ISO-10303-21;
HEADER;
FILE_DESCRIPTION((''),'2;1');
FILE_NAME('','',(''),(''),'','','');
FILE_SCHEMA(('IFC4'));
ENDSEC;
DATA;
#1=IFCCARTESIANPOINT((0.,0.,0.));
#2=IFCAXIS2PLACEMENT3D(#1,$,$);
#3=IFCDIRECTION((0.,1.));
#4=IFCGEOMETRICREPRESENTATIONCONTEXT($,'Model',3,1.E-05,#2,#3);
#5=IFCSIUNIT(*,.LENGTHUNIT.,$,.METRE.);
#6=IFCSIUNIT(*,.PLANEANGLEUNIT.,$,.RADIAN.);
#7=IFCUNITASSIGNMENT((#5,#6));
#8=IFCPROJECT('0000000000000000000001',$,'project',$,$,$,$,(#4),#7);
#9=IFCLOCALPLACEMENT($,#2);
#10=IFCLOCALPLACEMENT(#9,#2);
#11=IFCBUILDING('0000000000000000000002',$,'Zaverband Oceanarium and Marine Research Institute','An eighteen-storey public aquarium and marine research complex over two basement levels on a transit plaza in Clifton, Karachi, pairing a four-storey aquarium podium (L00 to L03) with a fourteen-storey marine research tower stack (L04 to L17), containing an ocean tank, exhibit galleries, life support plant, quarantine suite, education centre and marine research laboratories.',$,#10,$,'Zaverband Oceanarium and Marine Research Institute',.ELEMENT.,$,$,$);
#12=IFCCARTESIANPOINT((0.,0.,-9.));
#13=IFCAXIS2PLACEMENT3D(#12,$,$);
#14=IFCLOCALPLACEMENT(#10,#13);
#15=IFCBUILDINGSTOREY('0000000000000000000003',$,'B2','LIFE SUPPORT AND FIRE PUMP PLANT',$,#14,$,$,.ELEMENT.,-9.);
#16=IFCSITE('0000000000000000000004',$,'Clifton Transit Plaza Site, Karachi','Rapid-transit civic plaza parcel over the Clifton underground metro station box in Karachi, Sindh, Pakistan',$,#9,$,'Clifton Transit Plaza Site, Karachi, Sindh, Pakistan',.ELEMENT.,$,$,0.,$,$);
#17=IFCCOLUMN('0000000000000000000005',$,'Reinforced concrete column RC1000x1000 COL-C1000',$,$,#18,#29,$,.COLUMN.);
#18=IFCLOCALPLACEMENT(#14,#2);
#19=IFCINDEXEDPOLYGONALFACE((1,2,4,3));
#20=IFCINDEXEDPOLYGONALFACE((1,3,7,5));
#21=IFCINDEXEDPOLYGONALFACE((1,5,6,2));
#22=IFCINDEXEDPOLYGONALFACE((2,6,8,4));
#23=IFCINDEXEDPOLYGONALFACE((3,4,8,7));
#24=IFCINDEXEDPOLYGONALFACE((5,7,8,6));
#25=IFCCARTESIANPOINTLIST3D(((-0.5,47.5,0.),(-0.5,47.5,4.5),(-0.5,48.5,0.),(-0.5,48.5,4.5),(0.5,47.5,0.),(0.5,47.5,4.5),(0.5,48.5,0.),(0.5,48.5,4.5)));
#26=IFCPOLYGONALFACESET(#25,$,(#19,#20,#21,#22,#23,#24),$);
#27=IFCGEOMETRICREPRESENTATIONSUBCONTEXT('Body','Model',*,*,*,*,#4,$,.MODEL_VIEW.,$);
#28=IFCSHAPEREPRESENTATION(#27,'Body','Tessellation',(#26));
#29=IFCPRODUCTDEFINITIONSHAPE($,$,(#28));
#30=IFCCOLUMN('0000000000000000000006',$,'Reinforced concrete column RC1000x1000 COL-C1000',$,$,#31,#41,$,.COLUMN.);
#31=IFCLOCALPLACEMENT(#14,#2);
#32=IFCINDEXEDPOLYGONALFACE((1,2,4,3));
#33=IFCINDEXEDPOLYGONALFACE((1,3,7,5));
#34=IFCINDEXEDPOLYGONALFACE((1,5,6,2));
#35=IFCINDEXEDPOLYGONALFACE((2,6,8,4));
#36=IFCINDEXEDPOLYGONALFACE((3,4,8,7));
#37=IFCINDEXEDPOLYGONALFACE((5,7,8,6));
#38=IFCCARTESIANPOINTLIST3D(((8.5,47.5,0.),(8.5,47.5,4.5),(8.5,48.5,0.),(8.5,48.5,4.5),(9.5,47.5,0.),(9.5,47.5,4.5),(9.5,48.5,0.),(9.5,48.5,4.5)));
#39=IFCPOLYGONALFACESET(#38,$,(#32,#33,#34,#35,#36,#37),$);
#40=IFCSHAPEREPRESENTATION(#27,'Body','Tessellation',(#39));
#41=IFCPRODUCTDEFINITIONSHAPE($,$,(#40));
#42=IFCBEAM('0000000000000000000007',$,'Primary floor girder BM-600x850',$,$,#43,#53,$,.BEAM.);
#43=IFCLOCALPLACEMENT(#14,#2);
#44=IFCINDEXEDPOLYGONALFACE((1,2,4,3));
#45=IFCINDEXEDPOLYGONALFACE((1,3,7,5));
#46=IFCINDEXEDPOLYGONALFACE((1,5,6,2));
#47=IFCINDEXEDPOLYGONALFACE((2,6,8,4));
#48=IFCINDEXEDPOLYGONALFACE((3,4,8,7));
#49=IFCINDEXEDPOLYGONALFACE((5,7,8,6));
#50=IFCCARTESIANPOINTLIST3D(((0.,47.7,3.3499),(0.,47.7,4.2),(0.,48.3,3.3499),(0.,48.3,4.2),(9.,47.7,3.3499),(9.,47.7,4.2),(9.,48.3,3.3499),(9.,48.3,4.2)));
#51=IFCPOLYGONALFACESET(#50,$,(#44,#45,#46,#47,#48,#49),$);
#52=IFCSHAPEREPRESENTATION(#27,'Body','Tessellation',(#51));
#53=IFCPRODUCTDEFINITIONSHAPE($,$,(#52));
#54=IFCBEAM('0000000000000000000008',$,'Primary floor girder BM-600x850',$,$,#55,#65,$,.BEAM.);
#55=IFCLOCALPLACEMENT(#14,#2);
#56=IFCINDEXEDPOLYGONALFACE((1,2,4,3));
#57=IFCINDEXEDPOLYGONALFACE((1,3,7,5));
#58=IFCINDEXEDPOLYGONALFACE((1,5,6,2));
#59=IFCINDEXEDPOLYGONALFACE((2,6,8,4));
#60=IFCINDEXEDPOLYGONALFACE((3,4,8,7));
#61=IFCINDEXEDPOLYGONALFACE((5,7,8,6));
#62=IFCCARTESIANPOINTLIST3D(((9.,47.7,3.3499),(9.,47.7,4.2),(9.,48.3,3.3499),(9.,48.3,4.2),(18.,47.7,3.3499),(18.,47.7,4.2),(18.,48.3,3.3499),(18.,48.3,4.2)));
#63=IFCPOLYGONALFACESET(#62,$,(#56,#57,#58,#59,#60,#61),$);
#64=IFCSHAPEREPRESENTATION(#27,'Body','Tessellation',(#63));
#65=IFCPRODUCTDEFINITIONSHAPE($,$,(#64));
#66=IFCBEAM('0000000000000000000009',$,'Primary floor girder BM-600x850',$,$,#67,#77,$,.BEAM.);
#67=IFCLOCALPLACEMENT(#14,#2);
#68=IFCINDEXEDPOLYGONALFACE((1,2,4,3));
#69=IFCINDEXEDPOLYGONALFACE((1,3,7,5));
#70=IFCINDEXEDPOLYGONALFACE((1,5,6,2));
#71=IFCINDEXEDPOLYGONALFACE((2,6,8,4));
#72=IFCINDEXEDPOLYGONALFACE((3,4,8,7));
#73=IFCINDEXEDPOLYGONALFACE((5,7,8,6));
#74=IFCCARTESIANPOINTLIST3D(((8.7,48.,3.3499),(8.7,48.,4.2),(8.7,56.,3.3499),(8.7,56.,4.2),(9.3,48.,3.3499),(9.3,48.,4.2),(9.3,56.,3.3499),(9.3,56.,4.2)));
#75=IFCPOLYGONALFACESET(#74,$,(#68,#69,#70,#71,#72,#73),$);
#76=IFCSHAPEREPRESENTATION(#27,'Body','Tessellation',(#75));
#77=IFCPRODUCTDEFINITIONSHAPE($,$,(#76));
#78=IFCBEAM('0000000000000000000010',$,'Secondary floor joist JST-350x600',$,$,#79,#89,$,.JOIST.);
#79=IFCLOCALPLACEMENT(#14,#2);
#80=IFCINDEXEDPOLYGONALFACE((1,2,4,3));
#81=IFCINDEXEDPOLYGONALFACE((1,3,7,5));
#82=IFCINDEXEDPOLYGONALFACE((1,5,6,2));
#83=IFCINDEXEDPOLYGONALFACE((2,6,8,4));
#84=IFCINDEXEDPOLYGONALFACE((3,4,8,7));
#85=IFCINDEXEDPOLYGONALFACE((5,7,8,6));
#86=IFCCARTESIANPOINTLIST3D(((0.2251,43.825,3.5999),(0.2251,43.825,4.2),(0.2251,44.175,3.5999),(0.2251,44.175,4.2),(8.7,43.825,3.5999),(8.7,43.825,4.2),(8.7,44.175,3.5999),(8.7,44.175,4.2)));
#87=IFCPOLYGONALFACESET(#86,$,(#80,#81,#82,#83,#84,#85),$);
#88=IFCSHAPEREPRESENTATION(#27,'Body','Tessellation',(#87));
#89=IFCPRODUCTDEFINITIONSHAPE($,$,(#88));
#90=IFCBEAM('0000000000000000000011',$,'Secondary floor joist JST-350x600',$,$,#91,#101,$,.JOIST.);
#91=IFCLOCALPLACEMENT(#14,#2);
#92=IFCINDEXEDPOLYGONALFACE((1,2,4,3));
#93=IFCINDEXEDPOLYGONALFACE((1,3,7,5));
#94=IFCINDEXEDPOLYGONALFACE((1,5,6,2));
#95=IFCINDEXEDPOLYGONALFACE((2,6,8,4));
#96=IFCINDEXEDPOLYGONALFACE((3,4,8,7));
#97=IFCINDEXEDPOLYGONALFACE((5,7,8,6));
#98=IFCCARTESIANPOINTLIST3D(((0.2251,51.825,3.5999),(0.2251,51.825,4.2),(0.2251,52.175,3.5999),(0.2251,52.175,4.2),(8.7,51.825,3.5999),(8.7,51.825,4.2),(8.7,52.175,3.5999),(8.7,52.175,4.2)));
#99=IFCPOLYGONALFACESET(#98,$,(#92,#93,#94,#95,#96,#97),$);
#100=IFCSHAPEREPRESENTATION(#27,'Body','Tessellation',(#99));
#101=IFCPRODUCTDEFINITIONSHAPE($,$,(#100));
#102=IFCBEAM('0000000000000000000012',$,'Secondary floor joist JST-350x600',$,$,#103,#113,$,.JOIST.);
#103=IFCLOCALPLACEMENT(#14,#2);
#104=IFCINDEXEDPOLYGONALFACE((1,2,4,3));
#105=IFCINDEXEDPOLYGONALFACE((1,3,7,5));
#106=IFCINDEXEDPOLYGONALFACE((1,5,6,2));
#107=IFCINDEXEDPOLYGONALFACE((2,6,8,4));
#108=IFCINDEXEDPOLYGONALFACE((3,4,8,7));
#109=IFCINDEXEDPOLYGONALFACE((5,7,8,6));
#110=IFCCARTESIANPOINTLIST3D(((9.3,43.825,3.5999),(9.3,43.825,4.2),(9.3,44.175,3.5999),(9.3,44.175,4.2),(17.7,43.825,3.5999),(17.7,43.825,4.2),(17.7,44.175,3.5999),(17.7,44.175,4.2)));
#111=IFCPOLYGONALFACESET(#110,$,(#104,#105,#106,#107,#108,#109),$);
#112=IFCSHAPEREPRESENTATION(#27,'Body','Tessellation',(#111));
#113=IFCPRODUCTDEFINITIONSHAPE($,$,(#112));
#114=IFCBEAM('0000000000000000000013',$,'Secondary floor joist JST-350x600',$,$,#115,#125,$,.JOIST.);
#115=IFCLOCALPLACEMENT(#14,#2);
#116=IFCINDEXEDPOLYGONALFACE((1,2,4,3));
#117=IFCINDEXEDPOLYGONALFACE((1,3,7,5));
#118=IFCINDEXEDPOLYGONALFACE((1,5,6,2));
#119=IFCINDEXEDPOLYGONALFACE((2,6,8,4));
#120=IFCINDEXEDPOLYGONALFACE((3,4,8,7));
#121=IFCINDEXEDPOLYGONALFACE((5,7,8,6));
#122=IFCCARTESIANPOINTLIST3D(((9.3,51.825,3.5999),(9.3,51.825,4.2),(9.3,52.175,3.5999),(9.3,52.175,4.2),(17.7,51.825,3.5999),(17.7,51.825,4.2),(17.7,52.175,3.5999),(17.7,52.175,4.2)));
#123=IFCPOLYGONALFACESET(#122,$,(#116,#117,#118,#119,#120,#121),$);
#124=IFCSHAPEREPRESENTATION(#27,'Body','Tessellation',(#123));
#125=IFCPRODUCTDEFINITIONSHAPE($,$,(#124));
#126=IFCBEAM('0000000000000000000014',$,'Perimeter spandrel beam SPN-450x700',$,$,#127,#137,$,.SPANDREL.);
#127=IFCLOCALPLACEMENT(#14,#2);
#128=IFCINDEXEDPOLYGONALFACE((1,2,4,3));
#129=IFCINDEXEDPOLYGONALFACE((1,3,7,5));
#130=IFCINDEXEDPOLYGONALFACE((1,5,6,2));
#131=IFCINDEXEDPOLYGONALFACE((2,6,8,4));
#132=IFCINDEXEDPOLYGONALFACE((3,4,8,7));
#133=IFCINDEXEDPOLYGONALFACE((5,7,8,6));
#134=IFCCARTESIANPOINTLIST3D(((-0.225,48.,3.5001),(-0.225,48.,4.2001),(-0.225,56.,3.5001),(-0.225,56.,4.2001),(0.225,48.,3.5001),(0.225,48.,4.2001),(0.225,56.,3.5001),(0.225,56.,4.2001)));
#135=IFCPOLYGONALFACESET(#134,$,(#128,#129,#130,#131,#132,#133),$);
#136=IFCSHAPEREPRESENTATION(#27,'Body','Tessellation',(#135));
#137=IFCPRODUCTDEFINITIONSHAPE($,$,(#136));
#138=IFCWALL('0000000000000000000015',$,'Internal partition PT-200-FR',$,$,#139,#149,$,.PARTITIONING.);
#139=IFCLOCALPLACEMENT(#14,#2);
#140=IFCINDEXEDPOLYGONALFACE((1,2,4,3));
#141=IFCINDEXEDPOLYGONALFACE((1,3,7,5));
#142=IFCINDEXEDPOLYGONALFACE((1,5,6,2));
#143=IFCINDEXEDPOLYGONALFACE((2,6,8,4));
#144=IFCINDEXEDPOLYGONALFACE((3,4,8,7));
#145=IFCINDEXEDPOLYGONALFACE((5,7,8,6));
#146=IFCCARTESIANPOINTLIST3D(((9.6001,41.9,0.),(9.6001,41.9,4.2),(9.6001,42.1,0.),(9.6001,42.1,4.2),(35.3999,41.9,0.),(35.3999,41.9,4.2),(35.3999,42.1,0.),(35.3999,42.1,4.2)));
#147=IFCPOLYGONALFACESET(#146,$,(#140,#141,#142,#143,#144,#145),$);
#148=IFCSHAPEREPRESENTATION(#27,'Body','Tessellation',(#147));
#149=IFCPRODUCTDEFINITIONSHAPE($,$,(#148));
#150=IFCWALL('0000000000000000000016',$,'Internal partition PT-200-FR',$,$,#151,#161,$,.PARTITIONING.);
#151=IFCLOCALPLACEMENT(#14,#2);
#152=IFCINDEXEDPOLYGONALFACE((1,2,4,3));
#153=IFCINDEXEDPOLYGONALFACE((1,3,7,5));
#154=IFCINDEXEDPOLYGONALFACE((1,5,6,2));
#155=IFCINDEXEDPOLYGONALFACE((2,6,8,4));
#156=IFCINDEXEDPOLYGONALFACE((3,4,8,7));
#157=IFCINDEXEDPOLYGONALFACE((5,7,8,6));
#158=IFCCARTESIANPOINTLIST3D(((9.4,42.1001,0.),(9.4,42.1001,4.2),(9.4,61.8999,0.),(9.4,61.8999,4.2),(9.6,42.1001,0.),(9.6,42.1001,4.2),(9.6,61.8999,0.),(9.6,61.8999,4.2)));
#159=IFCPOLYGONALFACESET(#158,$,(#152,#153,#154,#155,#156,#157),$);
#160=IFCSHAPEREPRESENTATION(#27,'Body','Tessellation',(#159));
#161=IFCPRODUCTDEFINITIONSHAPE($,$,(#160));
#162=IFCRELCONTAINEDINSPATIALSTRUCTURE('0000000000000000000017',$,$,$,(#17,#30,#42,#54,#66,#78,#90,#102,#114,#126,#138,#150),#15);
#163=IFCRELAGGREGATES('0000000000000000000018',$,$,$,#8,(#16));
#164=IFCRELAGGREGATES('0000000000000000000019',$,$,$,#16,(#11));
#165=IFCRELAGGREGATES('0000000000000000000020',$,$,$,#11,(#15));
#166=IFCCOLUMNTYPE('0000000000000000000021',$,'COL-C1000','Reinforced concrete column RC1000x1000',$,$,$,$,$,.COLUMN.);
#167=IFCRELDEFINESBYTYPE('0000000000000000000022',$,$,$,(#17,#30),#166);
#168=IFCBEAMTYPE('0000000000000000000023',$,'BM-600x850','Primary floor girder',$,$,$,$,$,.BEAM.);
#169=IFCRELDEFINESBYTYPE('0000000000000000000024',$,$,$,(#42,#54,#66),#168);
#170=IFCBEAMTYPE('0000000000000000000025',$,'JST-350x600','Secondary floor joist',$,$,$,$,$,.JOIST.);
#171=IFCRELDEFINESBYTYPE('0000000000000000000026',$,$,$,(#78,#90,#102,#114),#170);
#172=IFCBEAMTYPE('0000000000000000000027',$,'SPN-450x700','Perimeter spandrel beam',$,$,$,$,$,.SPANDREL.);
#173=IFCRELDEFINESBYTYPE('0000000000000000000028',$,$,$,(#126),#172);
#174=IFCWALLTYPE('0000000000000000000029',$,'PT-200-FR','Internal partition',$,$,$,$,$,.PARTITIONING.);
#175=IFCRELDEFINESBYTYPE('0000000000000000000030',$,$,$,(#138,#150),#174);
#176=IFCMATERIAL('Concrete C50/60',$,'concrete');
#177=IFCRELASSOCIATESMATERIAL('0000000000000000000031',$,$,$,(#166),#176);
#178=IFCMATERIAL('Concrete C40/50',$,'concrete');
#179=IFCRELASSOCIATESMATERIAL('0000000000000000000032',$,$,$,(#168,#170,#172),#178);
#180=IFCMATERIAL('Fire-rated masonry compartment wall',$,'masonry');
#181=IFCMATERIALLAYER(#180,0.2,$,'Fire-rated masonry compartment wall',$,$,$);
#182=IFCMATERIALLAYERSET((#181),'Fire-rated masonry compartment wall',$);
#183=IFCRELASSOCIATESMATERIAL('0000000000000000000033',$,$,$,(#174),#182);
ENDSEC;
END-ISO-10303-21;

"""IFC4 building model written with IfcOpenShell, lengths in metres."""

from ifc_helpers import new_model, si_unit, direction, frame, frame_2d, origin, origin_2d, place, context, subcontext, project, spatial, rectangle, extrude, material, layer, layer_set, material_profile, profile_set, type_object, element, save


model = new_model("IFC4")

# Units and contexts
model_context = context("Model", 3, precision=1e-05, world=origin(), true_north=direction((0.0, 1.0)))
body_context = subcontext(model_context, "Body", "Model", "MODEL_VIEW")
ifc_project = project(units=[si_unit("LENGTHUNIT", "METRE"), si_unit("PLANEANGLEUNIT", "RADIAN")], contexts=[model_context])

# Site, building, storey
site_placement = place(None, origin())
site = spatial("IfcSite", under=ifc_project, at=site_placement, Name="Clifton Transit Plaza Site, Karachi", Description="Rapid-transit civic plaza parcel over the Clifton underground metro station box in Karachi, Sindh, Pakistan", LongName="Clifton Transit Plaza Site, Karachi, Sindh, Pakistan", CompositionType="ELEMENT", RefElevation=0.0)
building_placement = place(site_placement, origin())
building = spatial("IfcBuilding", under=site, at=building_placement, Name="Zaverband Oceanarium and Marine Research Institute", Description="An eighteen-storey public aquarium and marine research complex over two basement levels on a transit plaza in Clifton, Karachi, pairing a four-storey aquarium podium (L00 to L03) with a fourteen-storey marine research tower stack (L04 to L17), containing an ocean tank, exhibit galleries, life support plant, quarantine suite, education centre and marine research laboratories.", LongName="Zaverband Oceanarium and Marine Research Institute", CompositionType="ELEMENT")
storey_placement = place(building_placement, frame((0.0, 0.0, -9.0)))
storey = spatial("IfcBuildingStorey", under=building, at=storey_placement, Name="B2", Description="LIFE SUPPORT AND FIRE PUMP PLANT", CompositionType="ELEMENT", Elevation=-9.0)

# Shared definitions
ifc_material_1 = material(Name="Concrete C50/60", Category="concrete")

# Columns
ifc_material_profile_1 = material_profile(ifc_material_1, rectangle(XDim=1.0, YDim=1.0, at=origin_2d()), Name="RC1000x1000")
ifc_profile_set_1 = profile_set([ifc_material_profile_1], Name="Concrete C50/60")
column_type = type_object("IfcColumnType", Name="COL-C1000", Description="Reinforced concrete column RC1000x1000", PredefinedType="COLUMN", material=ifc_profile_set_1)
for number, where, z_axis, x_axis, name in (
    (1, (0.0, 48.0, 0.0), (0.0, 0.0, 1.0), (1.0, 0.0, 0.0), "Reinforced concrete column RC1000x1000 COL-C1000"),
    (2, (9.0, 48.0, 0.0), (0.0, 0.0, 1.0), (1.0, 0.0, 0.0), "Reinforced concrete column RC1000x1000 COL-C1000"),
):
    element("IfcColumn", number, at=place(storey_placement, frame(where, z_axis=z_axis, x_axis=x_axis)), inside=storey, type_object=column_type, Name=name, PredefinedType="COLUMN", context=body_context, shape_type="SweptSolid", body=[
        extrude(rectangle(XDim=1.0, YDim=1.0, at=origin_2d()), origin(), (0.0, 0.0, 1.0), 4.5),
    ])

# Beams
ifc_material_2 = material(Name="Concrete C40/50", Category="concrete")
ifc_material_profile_2 = material_profile(ifc_material_2, rectangle(XDim=0.6001, YDim=0.8501, at=origin_2d()), Name="RC600x850")
ifc_profile_set_2 = profile_set([ifc_material_profile_2], Name="Concrete C40/50")
beam_type_1 = type_object("IfcBeamType", Name="BM-600x850", Description="Primary floor girder", PredefinedType="BEAM", material=ifc_profile_set_2)
for number, where, z_axis, x_axis, name in (
    (3, (0.0, 48.0, 3.7749), (1.0, 0.0, 0.0), (0.0, 1.0, 0.0), "Primary floor girder BM-600x850"),
    (4, (9.0, 48.0, 3.7749), (1.0, 0.0, 0.0), (0.0, 1.0, 0.0), "Primary floor girder BM-600x850"),
):
    element("IfcBeam", number, at=place(storey_placement, frame(where, z_axis=z_axis, x_axis=x_axis)), inside=storey, type_object=beam_type_1, Name=name, PredefinedType="BEAM", context=body_context, shape_type="SweptSolid", body=[
        extrude(rectangle(XDim=0.6001, YDim=0.8501, at=origin_2d()), origin(), (0.0, 0.0, 1.0), 9.0),
    ])
beam_1_placement = place(storey_placement, frame((9.0, 48.0, 3.7749), z_axis=(0.0, 1.0, 0.0), x_axis=(-1.0, 0.0, 0.0)))
element("IfcBeam", 5, at=beam_1_placement, inside=storey, type_object=beam_type_1, Name="Primary floor girder BM-600x850", PredefinedType="BEAM", context=body_context, shape_type="SweptSolid", body=[
    extrude(rectangle(XDim=0.6001, YDim=0.8501, at=origin_2d()), origin(), (0.0, 0.0, 1.0), 8.0),
])
ifc_material_profile_3 = material_profile(ifc_material_2, rectangle(XDim=0.3501, YDim=0.6001, at=origin_2d()), Name="RC350x600")
ifc_profile_set_3 = profile_set([ifc_material_profile_3], Name="Concrete C40/50")
beam_type_2 = type_object("IfcBeamType", Name="JST-350x600", Description="Secondary floor joist", PredefinedType="JOIST", material=ifc_profile_set_3)
for number, where, z_axis, x_axis, name in (
    (6, (0.2251, 44.0, 3.8999), (1.0, 0.0, 0.0), (0.0, 1.0, 0.0), "Secondary floor joist JST-350x600"),
    (7, (0.2251, 52.0, 3.8999), (1.0, 0.0, 0.0), (0.0, 1.0, 0.0), "Secondary floor joist JST-350x600"),
):
    element("IfcBeam", number, at=place(storey_placement, frame(where, z_axis=z_axis, x_axis=x_axis)), inside=storey, type_object=beam_type_2, Name=name, PredefinedType="JOIST", context=body_context, shape_type="SweptSolid", body=[
        extrude(rectangle(XDim=0.3501, YDim=0.6001, at=origin_2d()), origin(), (0.0, 0.0, 1.0), 8.4749),
    ])
for number, where, z_axis, x_axis, name in (
    (8, (9.3, 44.0, 3.8999), (1.0, 0.0, 0.0), (0.0, 1.0, 0.0), "Secondary floor joist JST-350x600"),
    (9, (9.3, 52.0, 3.8999), (1.0, 0.0, 0.0), (0.0, 1.0, 0.0), "Secondary floor joist JST-350x600"),
):
    element("IfcBeam", number, at=place(storey_placement, frame(where, z_axis=z_axis, x_axis=x_axis)), inside=storey, type_object=beam_type_2, Name=name, PredefinedType="JOIST", context=body_context, shape_type="SweptSolid", body=[
        extrude(rectangle(XDim=0.3501, YDim=0.6001, at=origin_2d()), origin(), (0.0, 0.0, 1.0), 8.3999),
    ])
ifc_material_profile_4 = material_profile(ifc_material_2, rectangle(XDim=0.45, YDim=0.7, at=origin_2d()), Name="RC450x700")
ifc_profile_set_4 = profile_set([ifc_material_profile_4], Name="Concrete C40/50")
beam_type_3 = type_object("IfcBeamType", Name="SPN-450x700", Description="Perimeter spandrel beam", PredefinedType="SPANDREL", material=ifc_profile_set_4)
beam_2_placement = place(storey_placement, frame((0.0, 48.0, 3.8501), z_axis=(0.0, 1.0, 0.0), x_axis=(-1.0, 0.0, 0.0)))
element("IfcBeam", 10, at=beam_2_placement, inside=storey, type_object=beam_type_3, Name="Perimeter spandrel beam SPN-450x700", PredefinedType="SPANDREL", context=body_context, shape_type="SweptSolid", body=[
    extrude(rectangle(XDim=0.45, YDim=0.7, at=origin_2d()), origin(), (0.0, 0.0, 1.0), 8.0),
])

# Walls
ifc_material_3 = material(Name="Fire-rated masonry compartment wall", Category="masonry")
ifc_layer_1 = layer(ifc_material_3, 0.2, Name="Fire-rated masonry compartment wall")
ifc_layer_set_1 = layer_set([ifc_layer_1], Name="Fire-rated masonry compartment wall")
wall_type = type_object("IfcWallType", Name="PT-200-FR", Description="Internal partition", PredefinedType="PARTITIONING", material=ifc_layer_set_1)
wall_1_placement = place(storey_placement, frame((9.6001, 42.0, 0.0), z_axis=(0.0, 0.0, 1.0), x_axis=(1.0, 0.0, 0.0)))
element("IfcWall", 11, at=wall_1_placement, inside=storey, type_object=wall_type, Name="Internal partition PT-200-FR", PredefinedType="PARTITIONING", context=body_context, shape_type="SweptSolid", body=[
    extrude(rectangle(XDim=25.7998, YDim=0.2, at=frame_2d((12.8999, 0.0))), origin(), (0.0, 0.0, 1.0), 4.2),
])
wall_2_placement = place(storey_placement, frame((9.5, 42.1001, 0.0), z_axis=(0.0, 0.0, 1.0), x_axis=(0.0, 1.0, 0.0)))
element("IfcWall", 12, at=wall_2_placement, inside=storey, type_object=wall_type, Name="Internal partition PT-200-FR", PredefinedType="PARTITIONING", context=body_context, shape_type="SweptSolid", body=[
    extrude(rectangle(XDim=19.7998, YDim=0.2, at=frame_2d((9.8999, 0.0))), origin(), (0.0, 0.0, 1.0), 4.2),
])

save(model, "model.ifc")
